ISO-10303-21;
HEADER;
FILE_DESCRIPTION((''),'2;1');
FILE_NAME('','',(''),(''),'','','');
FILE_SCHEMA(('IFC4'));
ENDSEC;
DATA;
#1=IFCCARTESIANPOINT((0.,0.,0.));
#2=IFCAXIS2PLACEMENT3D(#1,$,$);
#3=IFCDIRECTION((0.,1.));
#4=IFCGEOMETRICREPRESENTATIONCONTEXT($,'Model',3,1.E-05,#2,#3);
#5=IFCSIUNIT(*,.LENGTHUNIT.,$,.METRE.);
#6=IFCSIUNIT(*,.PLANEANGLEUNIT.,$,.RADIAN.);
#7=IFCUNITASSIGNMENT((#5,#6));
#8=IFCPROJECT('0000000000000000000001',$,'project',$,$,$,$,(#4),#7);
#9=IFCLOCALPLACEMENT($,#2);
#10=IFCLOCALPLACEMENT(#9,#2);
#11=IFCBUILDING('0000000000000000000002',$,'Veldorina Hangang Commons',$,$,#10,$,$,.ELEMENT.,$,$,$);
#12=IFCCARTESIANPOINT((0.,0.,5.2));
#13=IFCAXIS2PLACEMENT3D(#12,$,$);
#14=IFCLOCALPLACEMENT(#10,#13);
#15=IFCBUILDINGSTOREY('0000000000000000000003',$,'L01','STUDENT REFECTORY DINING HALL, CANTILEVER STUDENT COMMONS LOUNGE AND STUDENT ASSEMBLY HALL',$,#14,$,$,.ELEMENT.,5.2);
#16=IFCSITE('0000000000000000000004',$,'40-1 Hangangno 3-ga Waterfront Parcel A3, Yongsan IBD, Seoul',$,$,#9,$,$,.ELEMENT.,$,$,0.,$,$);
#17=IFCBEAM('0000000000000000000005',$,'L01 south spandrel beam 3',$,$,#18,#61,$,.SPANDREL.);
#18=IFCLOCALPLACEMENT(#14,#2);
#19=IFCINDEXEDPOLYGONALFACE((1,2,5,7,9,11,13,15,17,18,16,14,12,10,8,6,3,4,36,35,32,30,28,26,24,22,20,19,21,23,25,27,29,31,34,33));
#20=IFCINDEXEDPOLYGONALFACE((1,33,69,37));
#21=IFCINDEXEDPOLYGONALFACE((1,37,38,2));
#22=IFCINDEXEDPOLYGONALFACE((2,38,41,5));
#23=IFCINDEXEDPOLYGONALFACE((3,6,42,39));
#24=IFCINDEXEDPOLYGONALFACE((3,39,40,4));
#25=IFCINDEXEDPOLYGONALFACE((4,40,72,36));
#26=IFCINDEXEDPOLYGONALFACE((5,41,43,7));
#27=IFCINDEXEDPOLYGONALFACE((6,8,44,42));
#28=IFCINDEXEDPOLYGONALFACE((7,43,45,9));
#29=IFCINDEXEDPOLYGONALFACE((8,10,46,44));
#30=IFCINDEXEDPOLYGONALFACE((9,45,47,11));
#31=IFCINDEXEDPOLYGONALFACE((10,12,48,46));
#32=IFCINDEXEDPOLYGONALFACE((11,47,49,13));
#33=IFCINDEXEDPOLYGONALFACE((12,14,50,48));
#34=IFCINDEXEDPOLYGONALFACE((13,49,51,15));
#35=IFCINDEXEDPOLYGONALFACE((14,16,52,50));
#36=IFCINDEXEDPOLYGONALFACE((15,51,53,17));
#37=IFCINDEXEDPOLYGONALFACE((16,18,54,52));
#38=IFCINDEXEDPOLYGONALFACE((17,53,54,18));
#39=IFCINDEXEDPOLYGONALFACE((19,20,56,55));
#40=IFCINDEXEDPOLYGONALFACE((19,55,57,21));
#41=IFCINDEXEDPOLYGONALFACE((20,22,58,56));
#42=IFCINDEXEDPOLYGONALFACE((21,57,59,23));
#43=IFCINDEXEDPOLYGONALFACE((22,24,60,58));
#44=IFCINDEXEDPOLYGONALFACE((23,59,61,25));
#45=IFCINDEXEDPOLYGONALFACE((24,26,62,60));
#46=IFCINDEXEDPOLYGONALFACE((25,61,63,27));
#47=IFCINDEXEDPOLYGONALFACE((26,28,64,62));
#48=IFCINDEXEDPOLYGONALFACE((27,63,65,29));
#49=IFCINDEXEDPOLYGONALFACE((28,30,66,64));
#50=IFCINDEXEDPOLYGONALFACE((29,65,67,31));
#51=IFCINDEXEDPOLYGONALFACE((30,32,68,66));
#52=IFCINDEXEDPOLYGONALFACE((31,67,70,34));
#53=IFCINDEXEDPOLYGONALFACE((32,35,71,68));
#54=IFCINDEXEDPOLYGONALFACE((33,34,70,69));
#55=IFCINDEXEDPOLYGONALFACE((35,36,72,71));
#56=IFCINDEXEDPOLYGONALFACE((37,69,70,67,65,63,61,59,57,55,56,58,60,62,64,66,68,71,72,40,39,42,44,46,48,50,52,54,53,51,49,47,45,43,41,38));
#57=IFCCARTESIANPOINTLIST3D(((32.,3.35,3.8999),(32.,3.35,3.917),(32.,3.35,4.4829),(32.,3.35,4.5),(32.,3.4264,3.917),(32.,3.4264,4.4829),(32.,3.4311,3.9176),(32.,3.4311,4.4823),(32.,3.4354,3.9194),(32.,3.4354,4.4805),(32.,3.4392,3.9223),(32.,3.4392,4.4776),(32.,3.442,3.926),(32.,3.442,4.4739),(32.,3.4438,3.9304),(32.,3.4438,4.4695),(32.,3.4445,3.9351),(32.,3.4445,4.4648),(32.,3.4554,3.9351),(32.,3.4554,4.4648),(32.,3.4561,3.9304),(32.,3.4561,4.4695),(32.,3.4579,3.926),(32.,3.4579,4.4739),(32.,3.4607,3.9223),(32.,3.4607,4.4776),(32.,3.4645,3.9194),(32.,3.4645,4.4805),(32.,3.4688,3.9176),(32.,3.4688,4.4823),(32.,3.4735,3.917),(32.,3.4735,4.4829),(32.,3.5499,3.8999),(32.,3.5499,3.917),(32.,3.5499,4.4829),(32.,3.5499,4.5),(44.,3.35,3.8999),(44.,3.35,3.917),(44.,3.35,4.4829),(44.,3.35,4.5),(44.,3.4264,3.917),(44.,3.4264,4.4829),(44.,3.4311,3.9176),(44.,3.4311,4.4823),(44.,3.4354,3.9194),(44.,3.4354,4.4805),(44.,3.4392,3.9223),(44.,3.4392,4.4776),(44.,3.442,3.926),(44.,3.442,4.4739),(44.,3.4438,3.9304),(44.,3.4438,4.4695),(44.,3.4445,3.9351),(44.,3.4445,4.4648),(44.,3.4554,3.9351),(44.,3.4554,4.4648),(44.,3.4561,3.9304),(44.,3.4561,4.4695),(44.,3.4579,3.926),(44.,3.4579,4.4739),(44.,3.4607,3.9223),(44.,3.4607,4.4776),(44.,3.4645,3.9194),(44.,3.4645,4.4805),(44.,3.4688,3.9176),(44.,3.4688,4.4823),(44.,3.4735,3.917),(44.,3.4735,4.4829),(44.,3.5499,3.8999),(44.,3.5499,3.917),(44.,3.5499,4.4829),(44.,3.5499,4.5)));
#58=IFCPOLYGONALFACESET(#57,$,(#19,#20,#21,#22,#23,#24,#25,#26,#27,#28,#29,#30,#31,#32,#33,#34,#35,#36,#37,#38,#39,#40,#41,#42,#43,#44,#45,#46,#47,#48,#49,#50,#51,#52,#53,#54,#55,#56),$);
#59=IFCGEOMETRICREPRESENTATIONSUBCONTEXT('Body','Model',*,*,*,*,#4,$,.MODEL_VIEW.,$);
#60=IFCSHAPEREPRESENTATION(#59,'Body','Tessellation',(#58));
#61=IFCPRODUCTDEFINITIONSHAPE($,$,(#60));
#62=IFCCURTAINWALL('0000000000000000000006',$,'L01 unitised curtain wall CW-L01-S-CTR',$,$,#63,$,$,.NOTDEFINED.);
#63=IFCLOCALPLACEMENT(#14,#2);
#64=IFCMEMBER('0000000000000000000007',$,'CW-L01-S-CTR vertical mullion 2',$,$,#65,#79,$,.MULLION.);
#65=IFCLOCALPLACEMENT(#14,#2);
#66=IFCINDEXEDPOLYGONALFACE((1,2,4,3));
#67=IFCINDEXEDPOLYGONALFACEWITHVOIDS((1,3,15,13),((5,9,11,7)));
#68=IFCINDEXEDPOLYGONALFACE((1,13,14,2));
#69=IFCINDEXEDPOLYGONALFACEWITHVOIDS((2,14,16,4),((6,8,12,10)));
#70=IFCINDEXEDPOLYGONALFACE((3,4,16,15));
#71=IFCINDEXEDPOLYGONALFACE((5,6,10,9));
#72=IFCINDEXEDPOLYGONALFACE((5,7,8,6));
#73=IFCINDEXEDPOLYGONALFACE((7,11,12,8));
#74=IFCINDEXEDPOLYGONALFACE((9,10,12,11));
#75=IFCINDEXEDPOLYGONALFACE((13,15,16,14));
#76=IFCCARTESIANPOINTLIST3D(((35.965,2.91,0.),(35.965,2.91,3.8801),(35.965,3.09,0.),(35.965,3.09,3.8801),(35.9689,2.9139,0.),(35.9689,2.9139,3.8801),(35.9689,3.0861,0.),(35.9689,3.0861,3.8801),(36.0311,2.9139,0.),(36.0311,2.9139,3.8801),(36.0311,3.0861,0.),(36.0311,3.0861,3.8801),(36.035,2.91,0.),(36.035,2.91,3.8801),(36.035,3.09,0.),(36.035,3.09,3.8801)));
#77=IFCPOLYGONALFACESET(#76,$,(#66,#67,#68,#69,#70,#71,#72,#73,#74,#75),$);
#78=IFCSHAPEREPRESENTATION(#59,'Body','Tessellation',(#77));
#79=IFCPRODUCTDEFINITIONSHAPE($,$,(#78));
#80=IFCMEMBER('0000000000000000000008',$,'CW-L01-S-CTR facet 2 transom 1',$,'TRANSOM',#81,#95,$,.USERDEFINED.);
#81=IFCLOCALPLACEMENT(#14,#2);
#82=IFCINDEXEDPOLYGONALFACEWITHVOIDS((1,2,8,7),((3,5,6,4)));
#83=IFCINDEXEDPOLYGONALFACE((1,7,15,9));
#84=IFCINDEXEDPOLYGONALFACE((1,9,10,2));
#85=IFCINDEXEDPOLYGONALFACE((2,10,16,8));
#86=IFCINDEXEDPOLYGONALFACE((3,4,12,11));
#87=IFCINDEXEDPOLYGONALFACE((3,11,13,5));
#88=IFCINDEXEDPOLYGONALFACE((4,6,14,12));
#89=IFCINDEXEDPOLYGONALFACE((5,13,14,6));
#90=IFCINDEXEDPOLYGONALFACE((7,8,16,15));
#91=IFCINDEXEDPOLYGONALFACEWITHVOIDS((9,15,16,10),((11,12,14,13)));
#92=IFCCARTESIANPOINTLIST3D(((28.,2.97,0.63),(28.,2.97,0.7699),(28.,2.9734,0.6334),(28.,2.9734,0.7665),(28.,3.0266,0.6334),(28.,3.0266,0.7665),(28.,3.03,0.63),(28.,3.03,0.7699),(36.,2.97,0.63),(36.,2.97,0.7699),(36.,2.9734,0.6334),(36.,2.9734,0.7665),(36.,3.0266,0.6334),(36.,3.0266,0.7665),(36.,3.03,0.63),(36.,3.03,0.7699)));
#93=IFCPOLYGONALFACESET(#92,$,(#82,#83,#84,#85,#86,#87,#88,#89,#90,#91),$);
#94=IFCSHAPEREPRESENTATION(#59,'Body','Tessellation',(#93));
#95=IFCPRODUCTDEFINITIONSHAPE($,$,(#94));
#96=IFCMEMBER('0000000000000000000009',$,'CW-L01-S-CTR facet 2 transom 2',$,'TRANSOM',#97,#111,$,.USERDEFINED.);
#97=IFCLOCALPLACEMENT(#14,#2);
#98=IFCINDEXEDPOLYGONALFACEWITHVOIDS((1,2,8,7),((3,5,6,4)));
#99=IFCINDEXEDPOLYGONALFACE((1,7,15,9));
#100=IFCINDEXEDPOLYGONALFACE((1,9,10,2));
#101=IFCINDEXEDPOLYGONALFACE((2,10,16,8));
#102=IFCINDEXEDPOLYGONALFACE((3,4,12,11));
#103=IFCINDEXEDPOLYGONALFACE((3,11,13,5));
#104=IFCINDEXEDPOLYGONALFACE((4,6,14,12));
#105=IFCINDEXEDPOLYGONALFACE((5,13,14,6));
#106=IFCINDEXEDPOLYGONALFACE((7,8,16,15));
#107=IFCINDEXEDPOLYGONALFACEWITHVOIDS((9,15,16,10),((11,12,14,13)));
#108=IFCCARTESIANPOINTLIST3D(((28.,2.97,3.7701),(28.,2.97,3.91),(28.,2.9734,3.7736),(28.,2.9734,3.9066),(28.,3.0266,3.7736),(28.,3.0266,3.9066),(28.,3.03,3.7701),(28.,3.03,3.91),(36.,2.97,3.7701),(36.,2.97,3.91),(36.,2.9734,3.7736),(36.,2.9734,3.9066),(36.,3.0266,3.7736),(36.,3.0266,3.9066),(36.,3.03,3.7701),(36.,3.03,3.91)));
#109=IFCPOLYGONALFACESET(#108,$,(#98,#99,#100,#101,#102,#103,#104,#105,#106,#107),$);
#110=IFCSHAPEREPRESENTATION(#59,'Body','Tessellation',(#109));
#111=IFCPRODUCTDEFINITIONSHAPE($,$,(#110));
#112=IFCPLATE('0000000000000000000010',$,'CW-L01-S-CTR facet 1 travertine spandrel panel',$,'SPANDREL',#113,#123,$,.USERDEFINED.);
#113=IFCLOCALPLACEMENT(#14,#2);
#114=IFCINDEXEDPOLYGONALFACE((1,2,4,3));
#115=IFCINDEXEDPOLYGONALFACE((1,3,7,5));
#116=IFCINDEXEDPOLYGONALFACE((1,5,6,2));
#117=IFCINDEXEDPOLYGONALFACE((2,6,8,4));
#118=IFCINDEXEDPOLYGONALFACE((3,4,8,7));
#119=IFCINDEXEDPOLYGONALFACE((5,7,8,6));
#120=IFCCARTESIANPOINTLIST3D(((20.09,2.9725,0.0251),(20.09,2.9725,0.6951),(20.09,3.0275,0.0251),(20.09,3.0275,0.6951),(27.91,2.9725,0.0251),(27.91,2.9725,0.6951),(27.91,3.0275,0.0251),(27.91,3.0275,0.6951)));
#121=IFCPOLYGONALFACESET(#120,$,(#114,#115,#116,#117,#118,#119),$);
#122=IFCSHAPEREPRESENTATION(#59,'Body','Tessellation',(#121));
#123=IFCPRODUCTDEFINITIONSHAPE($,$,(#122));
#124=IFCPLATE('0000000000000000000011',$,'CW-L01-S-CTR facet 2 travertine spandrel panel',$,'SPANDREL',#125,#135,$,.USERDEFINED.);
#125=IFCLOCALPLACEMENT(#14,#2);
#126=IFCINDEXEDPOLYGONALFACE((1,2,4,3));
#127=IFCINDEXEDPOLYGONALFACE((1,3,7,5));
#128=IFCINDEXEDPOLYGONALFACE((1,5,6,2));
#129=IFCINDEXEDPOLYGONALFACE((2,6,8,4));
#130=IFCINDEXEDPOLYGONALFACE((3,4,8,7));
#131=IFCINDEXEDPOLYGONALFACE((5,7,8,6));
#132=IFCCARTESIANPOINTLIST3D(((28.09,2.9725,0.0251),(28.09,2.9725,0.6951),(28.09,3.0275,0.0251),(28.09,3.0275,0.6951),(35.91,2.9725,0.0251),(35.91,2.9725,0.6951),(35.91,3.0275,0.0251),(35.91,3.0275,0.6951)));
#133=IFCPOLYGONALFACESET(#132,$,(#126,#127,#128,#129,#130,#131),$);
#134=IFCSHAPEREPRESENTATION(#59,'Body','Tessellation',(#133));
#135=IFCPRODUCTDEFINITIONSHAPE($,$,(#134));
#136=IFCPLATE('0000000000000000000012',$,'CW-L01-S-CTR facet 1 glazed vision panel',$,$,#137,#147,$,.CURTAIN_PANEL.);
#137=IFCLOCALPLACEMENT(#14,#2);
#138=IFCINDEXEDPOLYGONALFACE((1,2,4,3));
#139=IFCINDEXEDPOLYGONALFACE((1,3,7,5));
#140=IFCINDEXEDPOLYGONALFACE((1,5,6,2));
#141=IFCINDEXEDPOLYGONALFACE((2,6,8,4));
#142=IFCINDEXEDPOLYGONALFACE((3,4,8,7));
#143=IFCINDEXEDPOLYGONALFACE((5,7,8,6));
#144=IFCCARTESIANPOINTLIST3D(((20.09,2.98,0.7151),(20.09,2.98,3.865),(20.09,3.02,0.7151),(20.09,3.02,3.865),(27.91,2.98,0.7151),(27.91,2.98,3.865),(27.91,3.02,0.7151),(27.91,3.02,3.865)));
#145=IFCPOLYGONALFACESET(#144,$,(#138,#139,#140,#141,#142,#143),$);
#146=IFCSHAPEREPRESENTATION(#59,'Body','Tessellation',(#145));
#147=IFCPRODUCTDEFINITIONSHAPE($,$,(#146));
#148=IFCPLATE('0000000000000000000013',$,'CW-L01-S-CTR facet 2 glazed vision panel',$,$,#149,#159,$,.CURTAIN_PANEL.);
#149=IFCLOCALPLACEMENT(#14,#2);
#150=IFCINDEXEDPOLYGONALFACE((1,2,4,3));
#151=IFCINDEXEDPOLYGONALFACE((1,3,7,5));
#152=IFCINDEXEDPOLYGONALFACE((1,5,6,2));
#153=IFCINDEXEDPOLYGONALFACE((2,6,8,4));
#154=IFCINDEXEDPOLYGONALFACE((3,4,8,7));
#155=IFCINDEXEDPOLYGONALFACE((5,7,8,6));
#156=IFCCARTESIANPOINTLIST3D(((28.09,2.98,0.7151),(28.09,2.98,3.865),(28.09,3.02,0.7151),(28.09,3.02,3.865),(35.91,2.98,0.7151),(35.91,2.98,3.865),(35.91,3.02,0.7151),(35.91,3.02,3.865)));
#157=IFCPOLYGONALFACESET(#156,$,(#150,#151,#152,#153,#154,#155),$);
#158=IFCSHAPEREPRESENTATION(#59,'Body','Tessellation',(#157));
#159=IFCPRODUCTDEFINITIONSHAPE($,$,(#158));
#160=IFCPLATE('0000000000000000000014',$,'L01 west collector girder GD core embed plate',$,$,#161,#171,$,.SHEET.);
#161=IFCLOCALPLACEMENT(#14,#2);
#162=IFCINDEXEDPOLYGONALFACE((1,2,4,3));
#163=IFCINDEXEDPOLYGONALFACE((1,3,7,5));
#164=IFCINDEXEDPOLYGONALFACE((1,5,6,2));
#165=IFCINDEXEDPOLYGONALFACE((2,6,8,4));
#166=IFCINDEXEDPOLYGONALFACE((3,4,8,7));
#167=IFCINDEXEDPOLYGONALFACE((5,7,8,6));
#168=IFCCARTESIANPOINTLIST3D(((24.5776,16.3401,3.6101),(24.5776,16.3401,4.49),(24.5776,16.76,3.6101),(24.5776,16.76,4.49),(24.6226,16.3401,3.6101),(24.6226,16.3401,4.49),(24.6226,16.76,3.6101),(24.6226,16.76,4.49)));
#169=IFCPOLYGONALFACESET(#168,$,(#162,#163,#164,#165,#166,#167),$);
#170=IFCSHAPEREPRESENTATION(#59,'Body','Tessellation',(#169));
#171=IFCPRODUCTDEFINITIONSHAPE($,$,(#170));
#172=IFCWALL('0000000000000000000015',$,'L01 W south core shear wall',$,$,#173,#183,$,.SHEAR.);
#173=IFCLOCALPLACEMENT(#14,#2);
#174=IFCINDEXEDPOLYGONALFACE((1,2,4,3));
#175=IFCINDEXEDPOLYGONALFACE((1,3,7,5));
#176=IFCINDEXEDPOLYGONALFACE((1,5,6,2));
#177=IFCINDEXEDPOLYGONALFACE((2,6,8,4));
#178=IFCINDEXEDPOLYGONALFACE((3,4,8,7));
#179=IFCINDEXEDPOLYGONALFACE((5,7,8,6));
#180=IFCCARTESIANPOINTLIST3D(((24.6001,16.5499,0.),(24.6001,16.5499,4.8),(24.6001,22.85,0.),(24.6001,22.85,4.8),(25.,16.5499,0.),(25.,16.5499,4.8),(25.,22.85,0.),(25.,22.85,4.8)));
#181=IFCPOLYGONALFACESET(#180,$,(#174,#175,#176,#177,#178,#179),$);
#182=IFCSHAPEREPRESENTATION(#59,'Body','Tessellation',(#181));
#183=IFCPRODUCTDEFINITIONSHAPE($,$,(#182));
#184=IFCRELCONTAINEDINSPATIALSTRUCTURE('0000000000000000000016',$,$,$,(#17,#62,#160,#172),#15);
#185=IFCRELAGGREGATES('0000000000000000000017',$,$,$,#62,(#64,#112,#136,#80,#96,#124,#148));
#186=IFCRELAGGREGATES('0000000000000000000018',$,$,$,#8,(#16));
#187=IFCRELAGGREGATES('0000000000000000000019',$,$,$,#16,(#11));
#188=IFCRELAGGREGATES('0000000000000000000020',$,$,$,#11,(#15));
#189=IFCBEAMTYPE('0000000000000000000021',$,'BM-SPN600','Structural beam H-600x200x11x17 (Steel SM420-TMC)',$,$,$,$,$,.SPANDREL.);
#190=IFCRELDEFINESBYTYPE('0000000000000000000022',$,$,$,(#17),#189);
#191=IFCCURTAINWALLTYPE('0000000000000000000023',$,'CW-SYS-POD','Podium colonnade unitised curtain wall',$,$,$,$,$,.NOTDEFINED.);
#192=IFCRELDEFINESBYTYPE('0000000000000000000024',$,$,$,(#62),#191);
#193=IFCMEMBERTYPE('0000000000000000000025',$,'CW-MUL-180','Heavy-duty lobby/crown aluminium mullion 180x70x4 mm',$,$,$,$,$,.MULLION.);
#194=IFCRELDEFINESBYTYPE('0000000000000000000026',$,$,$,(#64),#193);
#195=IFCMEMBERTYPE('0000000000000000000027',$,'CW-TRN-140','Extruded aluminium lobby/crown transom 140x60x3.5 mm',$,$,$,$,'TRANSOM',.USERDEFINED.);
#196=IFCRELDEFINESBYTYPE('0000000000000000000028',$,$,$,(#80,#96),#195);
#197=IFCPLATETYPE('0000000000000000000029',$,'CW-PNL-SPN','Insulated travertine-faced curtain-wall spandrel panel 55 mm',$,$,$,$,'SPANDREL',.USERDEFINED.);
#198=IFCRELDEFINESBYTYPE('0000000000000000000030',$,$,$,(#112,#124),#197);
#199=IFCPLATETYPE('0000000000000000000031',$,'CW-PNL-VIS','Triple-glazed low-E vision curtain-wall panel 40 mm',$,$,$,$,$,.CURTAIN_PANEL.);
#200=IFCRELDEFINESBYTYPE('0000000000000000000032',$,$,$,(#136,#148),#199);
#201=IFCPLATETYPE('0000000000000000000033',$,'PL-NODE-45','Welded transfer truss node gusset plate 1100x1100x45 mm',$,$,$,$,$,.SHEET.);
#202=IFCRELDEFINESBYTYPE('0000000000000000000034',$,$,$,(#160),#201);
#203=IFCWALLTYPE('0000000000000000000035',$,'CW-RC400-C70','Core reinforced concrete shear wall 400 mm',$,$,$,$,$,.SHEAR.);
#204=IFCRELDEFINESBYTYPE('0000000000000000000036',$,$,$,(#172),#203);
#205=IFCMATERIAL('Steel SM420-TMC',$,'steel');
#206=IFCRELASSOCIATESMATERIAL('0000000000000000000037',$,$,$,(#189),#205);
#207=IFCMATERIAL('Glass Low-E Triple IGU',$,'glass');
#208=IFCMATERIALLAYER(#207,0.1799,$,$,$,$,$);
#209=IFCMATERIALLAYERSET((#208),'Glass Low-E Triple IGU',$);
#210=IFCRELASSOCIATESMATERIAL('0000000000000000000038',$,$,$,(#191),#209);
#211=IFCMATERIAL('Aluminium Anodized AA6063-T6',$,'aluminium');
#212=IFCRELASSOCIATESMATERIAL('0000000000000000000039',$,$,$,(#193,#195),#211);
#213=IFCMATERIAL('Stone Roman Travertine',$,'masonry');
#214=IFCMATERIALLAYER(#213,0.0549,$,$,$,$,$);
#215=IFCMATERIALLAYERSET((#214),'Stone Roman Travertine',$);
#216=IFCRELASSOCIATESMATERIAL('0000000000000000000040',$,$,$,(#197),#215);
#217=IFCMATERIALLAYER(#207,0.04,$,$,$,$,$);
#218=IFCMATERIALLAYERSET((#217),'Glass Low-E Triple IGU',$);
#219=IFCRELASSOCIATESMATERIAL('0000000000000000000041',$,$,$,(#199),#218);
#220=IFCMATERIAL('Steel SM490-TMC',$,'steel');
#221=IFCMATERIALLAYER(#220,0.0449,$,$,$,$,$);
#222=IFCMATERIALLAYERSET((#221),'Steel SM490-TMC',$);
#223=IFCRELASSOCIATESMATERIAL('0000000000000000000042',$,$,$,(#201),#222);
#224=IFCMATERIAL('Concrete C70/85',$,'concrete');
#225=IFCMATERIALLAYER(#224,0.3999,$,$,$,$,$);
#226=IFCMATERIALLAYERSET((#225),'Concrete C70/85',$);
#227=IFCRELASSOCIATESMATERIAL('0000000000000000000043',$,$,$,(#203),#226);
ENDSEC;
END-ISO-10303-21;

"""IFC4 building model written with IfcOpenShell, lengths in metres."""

from ifc_helpers import new_model, si_unit, direction, frame, frame_2d, origin, origin_2d, place, context, subcontext, project, spatial, rectangle, hollow_rectangle, i_section, extrude, material, layer, layer_set, material_profile, profile_set, type_object, element, aggregate, save


model = new_model("IFC4")

# Units and contexts
model_context = context("Model", 3, precision=1e-05, world=origin(), true_north=direction((0.0, 1.0)))
body_context = subcontext(model_context, "Body", "Model", "MODEL_VIEW")
ifc_project = project(units=[si_unit("LENGTHUNIT", "METRE"), si_unit("PLANEANGLEUNIT", "RADIAN")], contexts=[model_context])

# Site, building, storey
site_placement = place(None, origin())
site = spatial("IfcSite", under=ifc_project, at=site_placement, Name="40-1 Hangangno 3-ga Waterfront Parcel A3, Yongsan IBD, Seoul", CompositionType="ELEMENT", RefElevation=0.0)
building_placement = place(site_placement, origin())
building = spatial("IfcBuilding", under=site, at=building_placement, Name="Veldorina Hangang Commons", CompositionType="ELEMENT")
storey_placement = place(building_placement, frame((0.0, 0.0, 5.2)))
storey = spatial("IfcBuildingStorey", under=building, at=storey_placement, Name="L01", Description="STUDENT REFECTORY DINING HALL, CANTILEVER STUDENT COMMONS LOUNGE AND STUDENT ASSEMBLY HALL", CompositionType="ELEMENT", Elevation=5.2)

# Shared definitions
ifc_material_1 = material(Name="Steel SM490-TMC", Category="steel")

# Beam
ifc_material_2 = material(Name="Concrete C70/85", Category="concrete")
ifc_material_3 = material(Name="Steel SM420-TMC", Category="steel")
ifc_material_profile_1 = material_profile(ifc_material_3, i_section(OverallWidth=0.2, OverallDepth=0.6001, WebThickness=0.011, FlangeThickness=0.0171, FilletRadius=0.0181, at=origin_2d()), Name="H-600x200x11x17")
ifc_profile_set_1 = profile_set([ifc_material_profile_1], Name="Steel SM420-TMC")
beam_type_1 = type_object("IfcBeamType", Name="BM-SPN600", Description="Structural beam H-600x200x11x17 (Steel SM420-TMC)", PredefinedType="SPANDREL", material=ifc_profile_set_1)
beam_1_placement = place(storey_placement, frame((32.0, 3.45, 4.2), z_axis=(1.0, 0.0, 0.0), x_axis=(0.0, 1.0, 0.0)))
element("IfcBeam", 1, at=beam_1_placement, inside=storey, type_object=beam_type_1, Name="L01 south spandrel beam 3", PredefinedType="SPANDREL", context=body_context, shape_type="SweptSolid", body=[
    extrude(i_section(OverallWidth=0.2, OverallDepth=0.6001, WebThickness=0.011, FlangeThickness=0.0171, FilletRadius=0.0181, at=origin_2d()), origin(), (0.0, 0.0, 1.0), 12.0),
])

# Curtain wall, members, plates
ifc_material_4 = material(Name="Glass Low-E Triple IGU", Category="glass")
ifc_layer_1 = layer(ifc_material_4, 0.1799)
ifc_layer_set_1 = layer_set([ifc_layer_1], Name="Glass Low-E Triple IGU")
curtain_wall_type = type_object("IfcCurtainWallType", Name="CW-SYS-POD", Description="Podium colonnade unitised curtain wall", PredefinedType="NOTDEFINED", material=ifc_layer_set_1)
curtain_wall_placement = place(storey_placement, origin())
curtain_wall = element("IfcCurtainWall", 2, at=curtain_wall_placement, inside=storey, type_object=curtain_wall_type, Name="L01 unitised curtain wall CW-L01-S-CTR", PredefinedType="NOTDEFINED")
ifc_material_5 = material(Name="Aluminium Anodized AA6063-T6", Category="aluminium")
ifc_material_profile_2 = material_profile(ifc_material_5, hollow_rectangle(XDim=0.0701, YDim=0.1799, WallThickness=0.0039, at=origin_2d()), Name="ALU-RHS-180x70x4")
ifc_profile_set_2 = profile_set([ifc_material_profile_2], Name="Aluminium Anodized AA6063-T6")
member_type_1 = type_object("IfcMemberType", Name="CW-MUL-180", Description="Heavy-duty lobby/crown aluminium mullion 180x70x4 mm", PredefinedType="MULLION", material=ifc_profile_set_2)
member_1_placement = place(storey_placement, frame((36.0, 3.0, 0.0), z_axis=(0.0, 0.0, 1.0), x_axis=(1.0, 0.0, 0.0)))
member_1 = element("IfcMember", 3, at=member_1_placement, type_object=member_type_1, Name="CW-L01-S-CTR vertical mullion 2", PredefinedType="MULLION", context=body_context, shape_type="SweptSolid", body=[
    extrude(hollow_rectangle(XDim=0.0701, YDim=0.1799, WallThickness=0.0039, at=origin_2d()), origin(), (0.0, 0.0, 1.0), 3.8801),
])
ifc_material_profile_3 = material_profile(ifc_material_5, hollow_rectangle(XDim=0.0601, YDim=0.1399, WallThickness=0.0034, at=origin_2d()), Name="ALU-RHS-140x60x3.5")
ifc_profile_set_3 = profile_set([ifc_material_profile_3], Name="Aluminium Anodized AA6063-T6")
member_type_2 = type_object("IfcMemberType", Name="CW-TRN-140", Description="Extruded aluminium lobby/crown transom 140x60x3.5 mm", ElementType="TRANSOM", PredefinedType="USERDEFINED", material=ifc_profile_set_3)
member_2_placement = place(storey_placement, frame((28.0, 3.0, 0.7), z_axis=(1.0, 0.0, 0.0), x_axis=(0.0, 1.0, 0.0)))
member_2 = element("IfcMember", 4, at=member_2_placement, type_object=member_type_2, Name="CW-L01-S-CTR facet 2 transom 1", ObjectType="TRANSOM", PredefinedType="USERDEFINED", context=body_context, shape_type="SweptSolid", body=[
    extrude(hollow_rectangle(XDim=0.0601, YDim=0.1399, WallThickness=0.0034, at=origin_2d()), origin(), (0.0, 0.0, 1.0), 8.0),
])
member_3_placement = place(storey_placement, frame((28.0, 3.0, 3.8401), z_axis=(1.0, 0.0, 0.0), x_axis=(0.0, 1.0, 0.0)))
member_3 = element("IfcMember", 5, at=member_3_placement, type_object=member_type_2, Name="CW-L01-S-CTR facet 2 transom 2", ObjectType="TRANSOM", PredefinedType="USERDEFINED", context=body_context, shape_type="SweptSolid", body=[
    extrude(hollow_rectangle(XDim=0.0601, YDim=0.1399, WallThickness=0.0034, at=origin_2d()), origin(), (0.0, 0.0, 1.0), 8.0),
])
ifc_material_6 = material(Name="Stone Roman Travertine", Category="masonry")
ifc_layer_2 = layer(ifc_material_6, 0.0549)
ifc_layer_set_2 = layer_set([ifc_layer_2], Name="Stone Roman Travertine")
plate_type_1 = type_object("IfcPlateType", Name="CW-PNL-SPN", Description="Insulated travertine-faced curtain-wall spandrel panel 55 mm", ElementType="SPANDREL", PredefinedType="USERDEFINED", material=ifc_layer_set_2)
plate_1_placement = place(storey_placement, frame((24.0, 3.0, 0.0251), z_axis=(0.0, 0.0, 1.0), x_axis=(1.0, 0.0, 0.0)))
plate_1 = element("IfcPlate", 6, at=plate_1_placement, type_object=plate_type_1, Name="CW-L01-S-CTR facet 1 travertine spandrel panel", ObjectType="SPANDREL", PredefinedType="USERDEFINED", context=body_context, shape_type="SweptSolid", body=[
    extrude(rectangle(XDim=7.8201, YDim=0.0549, at=origin_2d()), origin(), (0.0, 0.0, 1.0), 0.6699),
])
plate_2_placement = place(storey_placement, frame((32.0, 3.0, 0.0251), z_axis=(0.0, 0.0, 1.0), x_axis=(1.0, 0.0, 0.0)))
plate_2 = element("IfcPlate", 7, at=plate_2_placement, type_object=plate_type_1, Name="CW-L01-S-CTR facet 2 travertine spandrel panel", ObjectType="SPANDREL", PredefinedType="USERDEFINED", context=body_context, shape_type="SweptSolid", body=[
    extrude(rectangle(XDim=7.8201, YDim=0.0549, at=origin_2d()), origin(), (0.0, 0.0, 1.0), 0.6699),
])
ifc_layer_3 = layer(ifc_material_4, 0.04)
ifc_layer_set_3 = layer_set([ifc_layer_3], Name="Glass Low-E Triple IGU")
plate_type_2 = type_object("IfcPlateType", Name="CW-PNL-VIS", Description="Triple-glazed low-E vision curtain-wall panel 40 mm", PredefinedType="CURTAIN_PANEL", material=ifc_layer_set_3)
plate_3_placement = place(storey_placement, frame((24.0, 3.0, 0.7151), z_axis=(0.0, 0.0, 1.0), x_axis=(1.0, 0.0, 0.0)))
plate_3 = element("IfcPlate", 8, at=plate_3_placement, type_object=plate_type_2, Name="CW-L01-S-CTR facet 1 glazed vision panel", PredefinedType="CURTAIN_PANEL", context=body_context, shape_type="SweptSolid", body=[
    extrude(rectangle(XDim=7.8201, YDim=0.04, at=origin_2d()), origin(), (0.0, 0.0, 1.0), 3.1499),
])
plate_4_placement = place(storey_placement, frame((32.0, 3.0, 0.7151), z_axis=(0.0, 0.0, 1.0), x_axis=(1.0, 0.0, 0.0)))
plate_4 = element("IfcPlate", 9, at=plate_4_placement, type_object=plate_type_2, Name="CW-L01-S-CTR facet 2 glazed vision panel", PredefinedType="CURTAIN_PANEL", context=body_context, shape_type="SweptSolid", body=[
    extrude(rectangle(XDim=7.8201, YDim=0.04, at=origin_2d()), origin(), (0.0, 0.0, 1.0), 3.1499),
])
aggregate(curtain_wall, [member_1, plate_1, plate_3, member_2, member_3, plate_2, plate_4])

# Plate
ifc_layer_4 = layer(ifc_material_1, 0.0449)
ifc_layer_set_4 = layer_set([ifc_layer_4], Name="Steel SM490-TMC")
plate_type_3 = type_object("IfcPlateType", Name="PL-NODE-45", Description="Welded transfer truss node gusset plate 1100x1100x45 mm", PredefinedType="SHEET", material=ifc_layer_set_4)
plate_5_placement = place(storey_placement, frame((24.6001, 16.55, 3.6101), z_axis=(0.0, 0.0, 1.0), x_axis=(1.0, 0.0, 0.0)))
element("IfcPlate", 10, at=plate_5_placement, inside=storey, type_object=plate_type_3, Name="L01 west collector girder GD core embed plate", PredefinedType="SHEET", context=body_context, shape_type="SweptSolid", body=[
    extrude(rectangle(XDim=0.0449, YDim=0.4199, at=origin_2d()), origin(), (0.0, 0.0, 1.0), 0.8799),
])

# Wall
ifc_layer_5 = layer(ifc_material_2, 0.3999)
ifc_layer_set_5 = layer_set([ifc_layer_5], Name="Concrete C70/85")
wall_type_1 = type_object("IfcWallType", Name="CW-RC400-C70", Description="Core reinforced concrete shear wall 400 mm", PredefinedType="SHEAR", material=ifc_layer_set_5)
wall_1_placement = place(storey_placement, frame((24.8, 16.55, 0.0), z_axis=(0.0, 0.0, 1.0), x_axis=(0.0, 1.0, 0.0)))
element("IfcWall", 11, at=wall_1_placement, inside=storey, type_object=wall_type_1, Name="L01 W south core shear wall", PredefinedType="SHEAR", context=body_context, shape_type="SweptSolid", body=[
    extrude(rectangle(XDim=6.3, YDim=0.3999, at=frame_2d((3.1499, 0.0))), origin(), (0.0, 0.0, 1.0), 4.8),
])

save(model, "model.ifc")
